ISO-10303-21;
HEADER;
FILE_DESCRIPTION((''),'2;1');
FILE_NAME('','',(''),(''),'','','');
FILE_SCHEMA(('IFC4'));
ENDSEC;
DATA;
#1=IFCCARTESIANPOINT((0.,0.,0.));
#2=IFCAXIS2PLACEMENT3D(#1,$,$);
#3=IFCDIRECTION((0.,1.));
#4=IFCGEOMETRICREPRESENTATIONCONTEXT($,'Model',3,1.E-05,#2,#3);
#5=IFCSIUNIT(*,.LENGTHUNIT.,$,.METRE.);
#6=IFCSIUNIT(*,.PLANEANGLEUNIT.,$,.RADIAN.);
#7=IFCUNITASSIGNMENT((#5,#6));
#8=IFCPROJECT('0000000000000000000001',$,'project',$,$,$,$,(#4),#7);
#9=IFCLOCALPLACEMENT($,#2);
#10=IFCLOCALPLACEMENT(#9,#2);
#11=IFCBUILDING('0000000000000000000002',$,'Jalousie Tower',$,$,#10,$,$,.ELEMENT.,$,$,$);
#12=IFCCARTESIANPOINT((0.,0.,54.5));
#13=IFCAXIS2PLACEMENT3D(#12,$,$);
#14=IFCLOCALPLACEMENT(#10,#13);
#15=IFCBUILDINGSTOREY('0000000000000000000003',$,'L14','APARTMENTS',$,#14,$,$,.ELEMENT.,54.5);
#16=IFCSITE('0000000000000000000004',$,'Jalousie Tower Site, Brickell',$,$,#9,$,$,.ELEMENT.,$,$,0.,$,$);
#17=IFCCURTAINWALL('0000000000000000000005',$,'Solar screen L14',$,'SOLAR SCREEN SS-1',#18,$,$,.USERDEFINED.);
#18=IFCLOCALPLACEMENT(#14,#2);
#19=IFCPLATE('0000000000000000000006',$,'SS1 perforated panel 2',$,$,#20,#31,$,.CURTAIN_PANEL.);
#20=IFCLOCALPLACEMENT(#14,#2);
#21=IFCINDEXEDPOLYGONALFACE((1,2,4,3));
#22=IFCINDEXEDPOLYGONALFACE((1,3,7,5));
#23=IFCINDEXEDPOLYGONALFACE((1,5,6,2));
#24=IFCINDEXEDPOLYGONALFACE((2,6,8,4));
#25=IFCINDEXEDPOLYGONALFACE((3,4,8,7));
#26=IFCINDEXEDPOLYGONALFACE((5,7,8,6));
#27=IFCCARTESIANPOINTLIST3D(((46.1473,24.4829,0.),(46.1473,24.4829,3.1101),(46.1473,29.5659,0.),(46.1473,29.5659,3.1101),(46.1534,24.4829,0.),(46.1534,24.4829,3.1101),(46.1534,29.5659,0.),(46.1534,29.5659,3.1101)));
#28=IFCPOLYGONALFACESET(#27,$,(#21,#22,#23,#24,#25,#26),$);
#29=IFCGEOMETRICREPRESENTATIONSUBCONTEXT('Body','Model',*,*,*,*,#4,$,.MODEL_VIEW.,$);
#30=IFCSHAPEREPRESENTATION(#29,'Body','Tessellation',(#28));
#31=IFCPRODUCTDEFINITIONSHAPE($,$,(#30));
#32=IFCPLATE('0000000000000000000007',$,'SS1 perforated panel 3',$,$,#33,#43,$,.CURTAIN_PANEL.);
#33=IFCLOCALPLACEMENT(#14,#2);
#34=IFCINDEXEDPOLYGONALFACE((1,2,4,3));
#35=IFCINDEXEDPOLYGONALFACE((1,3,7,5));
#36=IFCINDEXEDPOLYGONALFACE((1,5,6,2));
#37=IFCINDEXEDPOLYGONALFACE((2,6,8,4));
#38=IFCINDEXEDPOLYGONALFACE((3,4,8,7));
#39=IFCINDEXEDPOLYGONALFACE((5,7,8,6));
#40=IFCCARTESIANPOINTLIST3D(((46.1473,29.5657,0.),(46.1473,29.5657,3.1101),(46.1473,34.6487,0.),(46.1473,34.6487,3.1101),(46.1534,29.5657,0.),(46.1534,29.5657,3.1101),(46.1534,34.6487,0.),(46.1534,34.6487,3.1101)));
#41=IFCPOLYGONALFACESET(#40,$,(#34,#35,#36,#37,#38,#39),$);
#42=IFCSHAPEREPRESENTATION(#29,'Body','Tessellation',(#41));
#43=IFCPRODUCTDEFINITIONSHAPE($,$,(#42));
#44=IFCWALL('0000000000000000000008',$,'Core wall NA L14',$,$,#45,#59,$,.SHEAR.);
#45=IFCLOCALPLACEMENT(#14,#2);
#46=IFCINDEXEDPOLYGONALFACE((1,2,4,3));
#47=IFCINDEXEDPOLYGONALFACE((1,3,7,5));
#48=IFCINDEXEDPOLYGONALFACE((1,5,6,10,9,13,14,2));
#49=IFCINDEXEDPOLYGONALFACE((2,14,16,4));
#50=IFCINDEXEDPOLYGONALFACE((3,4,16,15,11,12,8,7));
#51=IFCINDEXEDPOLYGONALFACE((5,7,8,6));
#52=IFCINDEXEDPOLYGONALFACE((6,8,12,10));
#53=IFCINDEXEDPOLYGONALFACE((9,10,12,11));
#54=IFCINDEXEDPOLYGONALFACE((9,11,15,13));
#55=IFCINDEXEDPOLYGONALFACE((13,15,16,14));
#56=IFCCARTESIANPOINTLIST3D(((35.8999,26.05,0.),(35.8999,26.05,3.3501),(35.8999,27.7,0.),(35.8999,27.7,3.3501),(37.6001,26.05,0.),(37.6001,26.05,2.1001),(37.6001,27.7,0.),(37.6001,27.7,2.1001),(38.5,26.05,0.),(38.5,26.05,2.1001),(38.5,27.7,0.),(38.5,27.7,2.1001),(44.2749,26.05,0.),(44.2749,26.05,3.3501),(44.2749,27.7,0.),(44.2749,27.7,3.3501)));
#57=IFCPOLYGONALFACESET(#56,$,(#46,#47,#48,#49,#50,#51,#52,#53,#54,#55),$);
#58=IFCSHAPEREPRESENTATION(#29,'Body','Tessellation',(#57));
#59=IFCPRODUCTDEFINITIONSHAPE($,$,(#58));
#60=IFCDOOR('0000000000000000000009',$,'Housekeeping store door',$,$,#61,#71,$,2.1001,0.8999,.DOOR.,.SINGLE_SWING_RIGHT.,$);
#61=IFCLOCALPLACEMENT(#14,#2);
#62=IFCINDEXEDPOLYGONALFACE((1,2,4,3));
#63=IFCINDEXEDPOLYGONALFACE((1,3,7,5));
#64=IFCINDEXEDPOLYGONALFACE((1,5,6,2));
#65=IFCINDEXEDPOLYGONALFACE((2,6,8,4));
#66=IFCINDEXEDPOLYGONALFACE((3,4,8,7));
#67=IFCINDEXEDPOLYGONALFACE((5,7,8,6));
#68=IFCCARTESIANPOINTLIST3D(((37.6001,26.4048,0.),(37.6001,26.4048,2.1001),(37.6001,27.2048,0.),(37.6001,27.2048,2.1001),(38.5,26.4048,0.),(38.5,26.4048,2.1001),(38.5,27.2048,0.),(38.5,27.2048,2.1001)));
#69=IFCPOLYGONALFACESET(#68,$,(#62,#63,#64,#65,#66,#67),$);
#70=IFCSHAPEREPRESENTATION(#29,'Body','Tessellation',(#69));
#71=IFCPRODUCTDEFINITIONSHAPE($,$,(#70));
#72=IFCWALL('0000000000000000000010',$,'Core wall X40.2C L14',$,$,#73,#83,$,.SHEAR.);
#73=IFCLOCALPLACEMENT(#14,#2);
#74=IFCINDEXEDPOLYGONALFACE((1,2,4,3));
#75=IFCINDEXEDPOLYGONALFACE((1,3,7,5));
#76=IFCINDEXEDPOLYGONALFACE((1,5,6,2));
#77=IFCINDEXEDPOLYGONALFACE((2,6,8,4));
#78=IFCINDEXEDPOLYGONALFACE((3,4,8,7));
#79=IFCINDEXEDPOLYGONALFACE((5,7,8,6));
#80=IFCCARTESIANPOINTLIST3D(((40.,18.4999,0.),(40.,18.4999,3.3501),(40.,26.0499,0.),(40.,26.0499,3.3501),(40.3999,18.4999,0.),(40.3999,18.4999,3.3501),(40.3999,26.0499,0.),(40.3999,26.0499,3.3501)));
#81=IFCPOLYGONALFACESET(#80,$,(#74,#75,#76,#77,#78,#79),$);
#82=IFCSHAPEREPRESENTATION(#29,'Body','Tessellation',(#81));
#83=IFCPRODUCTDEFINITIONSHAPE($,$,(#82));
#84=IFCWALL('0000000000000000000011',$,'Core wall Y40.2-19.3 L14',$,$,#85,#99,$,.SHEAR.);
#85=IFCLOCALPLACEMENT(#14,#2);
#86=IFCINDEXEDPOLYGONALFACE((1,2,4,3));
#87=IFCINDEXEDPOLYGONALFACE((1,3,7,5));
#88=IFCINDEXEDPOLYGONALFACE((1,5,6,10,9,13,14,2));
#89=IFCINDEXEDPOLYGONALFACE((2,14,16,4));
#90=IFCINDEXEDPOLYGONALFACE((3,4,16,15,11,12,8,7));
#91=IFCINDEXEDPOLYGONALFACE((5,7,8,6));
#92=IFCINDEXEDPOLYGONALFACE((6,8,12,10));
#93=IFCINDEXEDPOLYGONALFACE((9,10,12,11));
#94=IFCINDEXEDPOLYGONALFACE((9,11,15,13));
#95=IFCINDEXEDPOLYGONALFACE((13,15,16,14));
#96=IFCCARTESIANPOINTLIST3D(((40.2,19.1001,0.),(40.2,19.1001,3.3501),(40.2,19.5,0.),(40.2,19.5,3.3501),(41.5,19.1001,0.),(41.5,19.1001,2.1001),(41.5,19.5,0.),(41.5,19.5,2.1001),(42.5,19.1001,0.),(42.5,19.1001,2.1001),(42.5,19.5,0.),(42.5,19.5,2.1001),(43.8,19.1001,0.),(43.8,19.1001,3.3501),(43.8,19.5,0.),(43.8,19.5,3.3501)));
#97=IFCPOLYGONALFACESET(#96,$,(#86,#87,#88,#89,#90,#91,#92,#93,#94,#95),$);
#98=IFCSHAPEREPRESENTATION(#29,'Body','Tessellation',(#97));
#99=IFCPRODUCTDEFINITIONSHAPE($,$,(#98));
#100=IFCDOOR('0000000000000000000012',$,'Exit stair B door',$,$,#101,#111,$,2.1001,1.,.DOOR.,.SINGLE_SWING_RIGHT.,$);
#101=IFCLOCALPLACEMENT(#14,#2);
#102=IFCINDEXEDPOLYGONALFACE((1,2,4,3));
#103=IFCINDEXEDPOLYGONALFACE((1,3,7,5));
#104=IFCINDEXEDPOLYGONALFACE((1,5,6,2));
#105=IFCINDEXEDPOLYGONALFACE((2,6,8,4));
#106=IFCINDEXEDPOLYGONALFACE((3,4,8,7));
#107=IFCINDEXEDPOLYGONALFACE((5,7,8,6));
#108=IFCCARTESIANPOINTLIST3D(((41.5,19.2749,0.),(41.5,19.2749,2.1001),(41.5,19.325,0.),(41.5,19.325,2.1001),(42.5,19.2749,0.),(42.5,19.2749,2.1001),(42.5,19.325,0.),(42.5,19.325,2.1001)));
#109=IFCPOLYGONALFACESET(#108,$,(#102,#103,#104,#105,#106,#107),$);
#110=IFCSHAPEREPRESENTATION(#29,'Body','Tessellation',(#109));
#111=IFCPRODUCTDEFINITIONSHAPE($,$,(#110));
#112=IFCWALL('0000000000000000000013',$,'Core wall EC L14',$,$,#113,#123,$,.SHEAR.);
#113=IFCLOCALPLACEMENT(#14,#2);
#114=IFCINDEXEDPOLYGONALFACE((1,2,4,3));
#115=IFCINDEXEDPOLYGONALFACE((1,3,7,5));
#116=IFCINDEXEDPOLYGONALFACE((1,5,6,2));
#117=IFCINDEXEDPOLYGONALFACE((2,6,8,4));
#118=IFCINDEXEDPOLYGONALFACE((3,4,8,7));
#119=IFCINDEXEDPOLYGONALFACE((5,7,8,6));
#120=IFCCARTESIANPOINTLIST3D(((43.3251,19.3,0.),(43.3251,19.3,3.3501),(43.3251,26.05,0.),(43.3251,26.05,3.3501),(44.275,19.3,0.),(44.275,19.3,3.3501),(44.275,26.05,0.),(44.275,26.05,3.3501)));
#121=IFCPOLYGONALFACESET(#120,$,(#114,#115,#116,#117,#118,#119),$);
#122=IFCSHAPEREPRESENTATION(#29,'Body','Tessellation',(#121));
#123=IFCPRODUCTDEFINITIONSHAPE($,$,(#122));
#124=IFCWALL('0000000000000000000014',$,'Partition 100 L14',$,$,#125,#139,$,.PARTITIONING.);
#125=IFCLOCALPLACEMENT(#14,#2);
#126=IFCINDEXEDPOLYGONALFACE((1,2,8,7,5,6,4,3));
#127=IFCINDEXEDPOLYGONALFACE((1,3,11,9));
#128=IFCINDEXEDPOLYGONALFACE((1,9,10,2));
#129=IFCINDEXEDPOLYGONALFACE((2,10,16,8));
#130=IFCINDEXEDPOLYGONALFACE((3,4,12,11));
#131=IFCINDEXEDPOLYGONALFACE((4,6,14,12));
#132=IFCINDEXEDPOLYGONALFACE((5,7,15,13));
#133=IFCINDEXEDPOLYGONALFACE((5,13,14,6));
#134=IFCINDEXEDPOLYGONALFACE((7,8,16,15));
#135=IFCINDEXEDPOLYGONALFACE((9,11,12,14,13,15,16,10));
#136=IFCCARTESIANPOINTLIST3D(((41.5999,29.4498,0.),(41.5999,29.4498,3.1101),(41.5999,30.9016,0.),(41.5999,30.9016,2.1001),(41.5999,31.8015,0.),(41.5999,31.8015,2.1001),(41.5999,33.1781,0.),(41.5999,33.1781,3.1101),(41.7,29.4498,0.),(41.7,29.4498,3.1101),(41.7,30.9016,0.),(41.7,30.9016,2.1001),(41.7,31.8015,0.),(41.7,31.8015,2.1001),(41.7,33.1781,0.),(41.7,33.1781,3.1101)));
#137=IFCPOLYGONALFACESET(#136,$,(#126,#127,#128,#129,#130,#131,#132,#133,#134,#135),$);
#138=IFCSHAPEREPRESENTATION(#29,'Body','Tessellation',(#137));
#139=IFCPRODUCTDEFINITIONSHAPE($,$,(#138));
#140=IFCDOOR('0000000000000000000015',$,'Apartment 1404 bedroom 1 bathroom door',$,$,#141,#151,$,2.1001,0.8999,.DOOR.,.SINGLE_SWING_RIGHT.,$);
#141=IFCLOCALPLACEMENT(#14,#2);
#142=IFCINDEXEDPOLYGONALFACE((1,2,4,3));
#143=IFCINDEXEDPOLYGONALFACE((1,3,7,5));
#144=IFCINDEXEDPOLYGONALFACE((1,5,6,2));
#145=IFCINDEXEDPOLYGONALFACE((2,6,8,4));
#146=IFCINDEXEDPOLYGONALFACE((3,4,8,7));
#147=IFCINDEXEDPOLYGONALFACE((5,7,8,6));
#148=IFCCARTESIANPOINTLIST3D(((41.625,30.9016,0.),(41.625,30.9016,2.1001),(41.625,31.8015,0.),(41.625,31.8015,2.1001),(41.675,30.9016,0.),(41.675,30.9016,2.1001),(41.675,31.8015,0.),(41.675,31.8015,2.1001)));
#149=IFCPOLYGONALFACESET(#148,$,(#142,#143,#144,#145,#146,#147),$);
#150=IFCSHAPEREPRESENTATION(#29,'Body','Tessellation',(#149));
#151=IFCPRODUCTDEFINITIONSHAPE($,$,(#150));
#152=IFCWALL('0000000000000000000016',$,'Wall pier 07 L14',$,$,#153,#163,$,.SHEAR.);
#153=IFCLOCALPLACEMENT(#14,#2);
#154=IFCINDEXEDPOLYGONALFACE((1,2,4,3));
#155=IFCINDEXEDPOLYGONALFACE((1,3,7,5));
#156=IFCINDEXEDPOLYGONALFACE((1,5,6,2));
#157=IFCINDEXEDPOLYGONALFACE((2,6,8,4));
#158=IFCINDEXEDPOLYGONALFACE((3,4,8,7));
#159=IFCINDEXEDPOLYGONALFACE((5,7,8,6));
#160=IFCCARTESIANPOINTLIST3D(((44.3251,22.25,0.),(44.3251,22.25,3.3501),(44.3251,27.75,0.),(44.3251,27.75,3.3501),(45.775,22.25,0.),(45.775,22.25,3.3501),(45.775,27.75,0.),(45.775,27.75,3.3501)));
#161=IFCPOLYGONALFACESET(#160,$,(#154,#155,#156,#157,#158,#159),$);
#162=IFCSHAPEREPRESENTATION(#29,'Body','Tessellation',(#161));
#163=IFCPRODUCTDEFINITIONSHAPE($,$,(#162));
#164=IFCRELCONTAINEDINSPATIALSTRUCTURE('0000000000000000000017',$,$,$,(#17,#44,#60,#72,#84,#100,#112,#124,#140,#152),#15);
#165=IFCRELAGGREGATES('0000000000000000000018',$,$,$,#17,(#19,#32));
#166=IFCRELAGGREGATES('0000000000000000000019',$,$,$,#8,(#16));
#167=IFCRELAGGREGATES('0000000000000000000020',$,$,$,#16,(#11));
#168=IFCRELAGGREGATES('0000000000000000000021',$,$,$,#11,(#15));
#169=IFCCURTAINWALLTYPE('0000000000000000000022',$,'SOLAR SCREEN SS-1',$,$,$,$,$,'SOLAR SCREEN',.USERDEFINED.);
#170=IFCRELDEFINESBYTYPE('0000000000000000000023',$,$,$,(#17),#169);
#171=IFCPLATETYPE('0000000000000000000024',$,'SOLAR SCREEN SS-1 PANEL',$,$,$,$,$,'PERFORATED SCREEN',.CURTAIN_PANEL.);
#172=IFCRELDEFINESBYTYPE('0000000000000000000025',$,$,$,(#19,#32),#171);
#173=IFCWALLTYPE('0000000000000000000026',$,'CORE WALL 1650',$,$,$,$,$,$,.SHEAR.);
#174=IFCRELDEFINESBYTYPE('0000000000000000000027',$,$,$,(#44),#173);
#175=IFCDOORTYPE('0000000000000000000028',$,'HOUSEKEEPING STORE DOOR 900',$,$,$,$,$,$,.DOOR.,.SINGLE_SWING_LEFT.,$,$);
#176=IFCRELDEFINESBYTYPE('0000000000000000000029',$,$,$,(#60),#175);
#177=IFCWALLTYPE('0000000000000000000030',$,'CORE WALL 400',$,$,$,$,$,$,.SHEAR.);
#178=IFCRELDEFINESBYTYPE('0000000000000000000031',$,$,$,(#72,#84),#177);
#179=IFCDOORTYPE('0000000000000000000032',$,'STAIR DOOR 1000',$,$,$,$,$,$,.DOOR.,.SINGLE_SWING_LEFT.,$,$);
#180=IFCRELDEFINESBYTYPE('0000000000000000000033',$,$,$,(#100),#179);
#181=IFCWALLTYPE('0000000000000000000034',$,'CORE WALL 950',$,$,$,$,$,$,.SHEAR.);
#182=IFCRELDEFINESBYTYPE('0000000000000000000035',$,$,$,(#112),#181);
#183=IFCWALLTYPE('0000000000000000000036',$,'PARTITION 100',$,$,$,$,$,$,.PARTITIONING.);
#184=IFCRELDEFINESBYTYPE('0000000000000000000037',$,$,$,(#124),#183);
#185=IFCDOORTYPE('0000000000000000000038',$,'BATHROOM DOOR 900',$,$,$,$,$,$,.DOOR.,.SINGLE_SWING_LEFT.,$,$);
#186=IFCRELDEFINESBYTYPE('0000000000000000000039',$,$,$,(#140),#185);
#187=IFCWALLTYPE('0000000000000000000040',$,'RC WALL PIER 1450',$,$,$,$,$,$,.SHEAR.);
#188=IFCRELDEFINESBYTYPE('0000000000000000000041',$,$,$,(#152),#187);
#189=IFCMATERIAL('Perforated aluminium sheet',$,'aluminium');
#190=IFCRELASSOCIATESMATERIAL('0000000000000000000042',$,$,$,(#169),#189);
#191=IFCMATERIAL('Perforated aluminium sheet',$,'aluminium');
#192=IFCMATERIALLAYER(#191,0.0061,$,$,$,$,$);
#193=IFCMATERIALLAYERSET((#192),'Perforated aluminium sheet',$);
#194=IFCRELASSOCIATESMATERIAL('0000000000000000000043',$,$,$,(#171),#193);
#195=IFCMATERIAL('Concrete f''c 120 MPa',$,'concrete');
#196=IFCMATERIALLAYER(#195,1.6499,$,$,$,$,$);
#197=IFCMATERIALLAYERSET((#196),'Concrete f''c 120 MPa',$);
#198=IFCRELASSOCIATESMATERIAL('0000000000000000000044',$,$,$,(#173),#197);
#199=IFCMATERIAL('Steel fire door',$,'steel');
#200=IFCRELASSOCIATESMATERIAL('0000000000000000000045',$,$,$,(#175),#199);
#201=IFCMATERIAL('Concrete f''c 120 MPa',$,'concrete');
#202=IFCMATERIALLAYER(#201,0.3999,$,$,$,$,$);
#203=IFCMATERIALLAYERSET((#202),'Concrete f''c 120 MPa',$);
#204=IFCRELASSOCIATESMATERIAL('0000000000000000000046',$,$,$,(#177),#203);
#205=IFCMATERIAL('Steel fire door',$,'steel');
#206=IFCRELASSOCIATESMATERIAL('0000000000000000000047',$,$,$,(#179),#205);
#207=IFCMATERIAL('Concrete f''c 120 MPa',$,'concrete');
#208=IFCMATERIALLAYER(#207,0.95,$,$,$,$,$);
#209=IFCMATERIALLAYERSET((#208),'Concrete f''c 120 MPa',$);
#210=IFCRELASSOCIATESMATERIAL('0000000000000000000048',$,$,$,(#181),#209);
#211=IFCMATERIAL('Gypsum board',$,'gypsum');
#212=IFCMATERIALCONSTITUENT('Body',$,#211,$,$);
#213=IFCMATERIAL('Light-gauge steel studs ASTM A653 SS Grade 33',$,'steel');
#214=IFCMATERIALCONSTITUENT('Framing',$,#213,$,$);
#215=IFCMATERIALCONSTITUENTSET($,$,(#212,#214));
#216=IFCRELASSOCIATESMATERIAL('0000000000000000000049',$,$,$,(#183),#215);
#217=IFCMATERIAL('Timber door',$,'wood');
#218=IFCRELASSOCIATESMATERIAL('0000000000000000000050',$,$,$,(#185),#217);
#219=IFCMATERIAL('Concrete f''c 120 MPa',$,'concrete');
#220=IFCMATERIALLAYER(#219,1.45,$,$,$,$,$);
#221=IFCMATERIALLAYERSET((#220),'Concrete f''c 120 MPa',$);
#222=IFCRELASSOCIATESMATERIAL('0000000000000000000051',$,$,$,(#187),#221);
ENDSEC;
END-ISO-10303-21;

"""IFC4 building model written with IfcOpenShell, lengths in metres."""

from ifc_helpers import new_model, si_unit, direction, frame, frame_2d, origin, origin_2d, place, context, subcontext, project, spatial, rectangle, extrude, material, layer, layer_set, constituent, constituent_set, type_object, element, fill, aggregate, save


model = new_model("IFC4")

# Units and contexts
model_context = context("Model", 3, precision=1e-05, world=origin(), true_north=direction((0.0, 1.0)))
body_context = subcontext(model_context, "Body", "Model", "MODEL_VIEW")
ifc_project = project(units=[si_unit("LENGTHUNIT", "METRE"), si_unit("PLANEANGLEUNIT", "RADIAN")], contexts=[model_context])

# Site, building, storey
site_placement = place(None, origin())
site = spatial("IfcSite", under=ifc_project, at=site_placement, Name="Jalousie Tower Site, Brickell", CompositionType="ELEMENT", RefElevation=0.0)
building_placement = place(site_placement, origin())
building = spatial("IfcBuilding", under=site, at=building_placement, Name="Jalousie Tower", CompositionType="ELEMENT")
storey_placement = place(building_placement, frame((0.0, 0.0, 54.5)))
storey = spatial("IfcBuildingStorey", under=building, at=storey_placement, Name="L14", Description="APARTMENTS", CompositionType="ELEMENT", Elevation=54.5)

# Shared definitions
ifc_material_1 = material(Name="Perforated aluminium sheet", Category="aluminium")
curtain_wall_type = type_object("IfcCurtainWallType", Name="SOLAR SCREEN SS-1", ElementType="SOLAR SCREEN", PredefinedType="USERDEFINED", material=ifc_material_1)

# Curtain wall, plates
curtain_wall_1_placement = place(storey_placement, origin())
curtain_wall_1 = element("IfcCurtainWall", 1, at=curtain_wall_1_placement, inside=storey, type_object=curtain_wall_type, Name="Solar screen L14", ObjectType="SOLAR SCREEN SS-1", PredefinedType="USERDEFINED")
ifc_material_2 = material(Name="Perforated aluminium sheet", Category="aluminium")
ifc_layer_1 = layer(ifc_material_2, 0.0061)
ifc_layer_set_1 = layer_set([ifc_layer_1], Name="Perforated aluminium sheet")
plate_type = type_object("IfcPlateType", Name="SOLAR SCREEN SS-1 PANEL", ElementType="PERFORATED SCREEN", PredefinedType="CURTAIN_PANEL", material=ifc_layer_set_1)
plate_1_placement = place(storey_placement, frame((46.1504, 27.0244, 0.0), z_axis=(0.0, 0.0, 1.0), x_axis=(0.0, 1.0, 0.0)))
plate_1 = element("IfcPlate", 2, at=plate_1_placement, type_object=plate_type, Name="SS1 perforated panel 2", PredefinedType="CURTAIN_PANEL", context=body_context, shape_type="SweptSolid", body=[
    extrude(rectangle(XDim=5.083, YDim=0.0061, at=origin_2d()), origin(), (0.0, 0.0, 1.0), 3.1101),
])
plate_2_placement = place(storey_placement, frame((46.1504, 32.1072, 0.0), z_axis=(0.0, 0.0, 1.0), x_axis=(0.0, 1.0, 0.0)))
plate_2 = element("IfcPlate", 3, at=plate_2_placement, type_object=plate_type, Name="SS1 perforated panel 3", PredefinedType="CURTAIN_PANEL", context=body_context, shape_type="SweptSolid", body=[
    extrude(rectangle(XDim=5.083, YDim=0.0061, at=origin_2d()), origin(), (0.0, 0.0, 1.0), 3.1101),
])
aggregate(curtain_wall_1, [plate_1, plate_2])

# Wall, opening, door
ifc_material_3 = material(Name="Concrete f'c 120 MPa", Category="concrete")
ifc_layer_2 = layer(ifc_material_3, 1.6499)
ifc_layer_set_2 = layer_set([ifc_layer_2], Name="Concrete f'c 120 MPa")
wall_type_1 = type_object("IfcWallType", Name="CORE WALL 1650", PredefinedType="SHEAR", material=ifc_layer_set_2)
wall_1_placement = place(storey_placement, frame((44.2749, 26.875, 0.0), z_axis=(0.0, 0.0, 1.0), x_axis=(-1.0, 0.0, 0.0)))
wall_1 = element("IfcWall", 4, at=wall_1_placement, inside=storey, type_object=wall_type_1, Name="Core wall NA L14", PredefinedType="SHEAR", context=body_context, shape_type="SweptSolid", body=[
    extrude(rectangle(XDim=8.375, YDim=1.6499, at=frame_2d((4.1875, 0.0))), origin(), (0.0, 0.0, 1.0), 3.3501),
])
opening_1_placement = place(wall_1_placement, frame((5.7749, 0.0, 0.0)))
opening_1 = element("IfcOpeningElement", 5, at=opening_1_placement, cuts=wall_1, PredefinedType="OPENING", context=body_context, shape_type="SweptSolid", body=[
    extrude(rectangle(XDim=0.8999, YDim=2.1001, at=frame_2d((0.45, 1.05))), frame((0.0, 0.835, 0.0), z_axis=(0.0, -1.0, 0.0), x_axis=(1.0, 0.0, 0.0)), (0.0, 0.0, 1.0), 1.6699),
])
ifc_material_4 = material(Name="Steel fire door", Category="steel")
door_type_1 = type_object("IfcDoorType", Name="HOUSEKEEPING STORE DOOR 900", OperationType="SINGLE_SWING_LEFT", PredefinedType="DOOR", material=ifc_material_4)
door_1_placement = place(opening_1_placement, origin())
door_1 = element("IfcDoor", 6, at=door_1_placement, inside=storey, type_object=door_type_1, Name="Housekeeping store door", OperationType="SINGLE_SWING_RIGHT", OverallHeight=2.1001, OverallWidth=0.8999, PredefinedType="DOOR", context=body_context, shape_type="SweptSolid", body=[
    extrude(rectangle(XDim=0.8999, YDim=2.1001, at=frame_2d((0.45, 1.05))), frame((0.0, 0.4702, 0.0), z_axis=(0.0, -1.0, 0.0), x_axis=(1.0, 0.0, 0.0)), (0.0, 0.0, 1.0), 0.8),
])
fill(opening_1, door_1)

# Wall
ifc_material_5 = material(Name="Concrete f'c 120 MPa", Category="concrete")
ifc_layer_3 = layer(ifc_material_5, 0.3999)
ifc_layer_set_3 = layer_set([ifc_layer_3], Name="Concrete f'c 120 MPa")
wall_type_2 = type_object("IfcWallType", Name="CORE WALL 400", PredefinedType="SHEAR", material=ifc_layer_set_3)
wall_2_placement = place(storey_placement, frame((40.2, 18.5, 0.0), z_axis=(0.0, 0.0, 1.0), x_axis=(0.0, 1.0, 0.0)))
element("IfcWall", 7, at=wall_2_placement, inside=storey, type_object=wall_type_2, Name="Core wall X40.2C L14", PredefinedType="SHEAR", context=body_context, shape_type="SweptSolid", body=[
    extrude(rectangle(XDim=7.55, YDim=0.3999, at=frame_2d((3.7749, 0.0))), origin(), (0.0, 0.0, 1.0), 3.3501),
])

# Wall, opening, door
wall_3_placement = place(storey_placement, frame((40.2, 19.3, 0.0), z_axis=(0.0, 0.0, 1.0), x_axis=(1.0, 0.0, 0.0)))
wall_3 = element("IfcWall", 8, at=wall_3_placement, inside=storey, type_object=wall_type_2, Name="Core wall Y40.2-19.3 L14", PredefinedType="SHEAR", context=body_context, shape_type="SweptSolid", body=[
    extrude(rectangle(XDim=3.6001, YDim=0.3999, at=frame_2d((1.8, 0.0))), origin(), (0.0, 0.0, 1.0), 3.3501),
])
opening_2_placement = place(wall_3_placement, frame((1.3, 0.0, 0.0)))
opening_2 = element("IfcOpeningElement", 9, at=opening_2_placement, cuts=wall_3, PredefinedType="OPENING", context=body_context, shape_type="SweptSolid", body=[
    extrude(rectangle(XDim=1.0, YDim=2.1001, at=frame_2d((0.5, 1.05))), frame((0.0, 0.21, 0.0), z_axis=(0.0, -1.0, 0.0), x_axis=(1.0, 0.0, 0.0)), (0.0, 0.0, 1.0), 0.4199),
])
ifc_material_6 = material(Name="Steel fire door", Category="steel")
door_type_2 = type_object("IfcDoorType", Name="STAIR DOOR 1000", OperationType="SINGLE_SWING_LEFT", PredefinedType="DOOR", material=ifc_material_6)
door_2_placement = place(opening_2_placement, origin())
door_2 = element("IfcDoor", 10, at=door_2_placement, inside=storey, type_object=door_type_2, Name="Exit stair B door", OperationType="SINGLE_SWING_RIGHT", OverallHeight=2.1001, OverallWidth=1.0, PredefinedType="DOOR", context=body_context, shape_type="SweptSolid", body=[
    extrude(rectangle(XDim=1.0, YDim=2.1001, at=frame_2d((0.5, 1.05))), frame((0.0, 0.0249, 0.0), z_axis=(0.0, -1.0, 0.0), x_axis=(1.0, 0.0, 0.0)), (0.0, 0.0, 1.0), 0.05),
])
fill(opening_2, door_2)

# Wall
ifc_material_7 = material(Name="Concrete f'c 120 MPa", Category="concrete")
ifc_layer_4 = layer(ifc_material_7, 0.95)
ifc_layer_set_4 = layer_set([ifc_layer_4], Name="Concrete f'c 120 MPa")
wall_type_3 = type_object("IfcWallType", Name="CORE WALL 950", PredefinedType="SHEAR", material=ifc_layer_set_4)
wall_4_placement = place(storey_placement, frame((43.8, 19.3, 0.0), z_axis=(0.0, 0.0, 1.0), x_axis=(0.0, 1.0, 0.0)))
element("IfcWall", 11, at=wall_4_placement, inside=storey, type_object=wall_type_3, Name="Core wall EC L14", PredefinedType="SHEAR", context=body_context, shape_type="SweptSolid", body=[
    extrude(rectangle(XDim=6.75, YDim=0.95, at=frame_2d((3.375, 0.0))), origin(), (0.0, 0.0, 1.0), 3.3501),
])

# Wall, opening, door
ifc_material_8 = material(Name="Gypsum board", Category="gypsum")
ifc_constituent_1 = constituent(ifc_material_8, Name="Body")
ifc_material_9 = material(Name="Light-gauge steel studs ASTM A653 SS Grade 33", Category="steel")
ifc_constituent_2 = constituent(ifc_material_9, Name="Framing")
ifc_constituent_set_1 = constituent_set(constituents=[ifc_constituent_1, ifc_constituent_2])
wall_type_4 = type_object("IfcWallType", Name="PARTITION 100", PredefinedType="PARTITIONING", material=ifc_constituent_set_1)
wall_5_placement = place(storey_placement, frame((41.6499, 33.1782, 0.0), z_axis=(0.0, 0.0, 1.0), x_axis=(0.0, -1.0, 0.0)))
wall_5 = element("IfcWall", 12, at=wall_5_placement, inside=storey, type_object=wall_type_4, Name="Partition 100 L14", PredefinedType="PARTITIONING", context=body_context, shape_type="SweptSolid", body=[
    extrude(rectangle(XDim=3.7283, YDim=0.1001, at=frame_2d((1.8643, 0.0))), origin(), (0.0, 0.0, 1.0), 3.1101),
])
opening_3_placement = place(wall_5_placement, frame((1.3767, 0.0, 0.0)))
opening_3 = element("IfcOpeningElement", 13, at=opening_3_placement, cuts=wall_5, PredefinedType="OPENING", context=body_context, shape_type="SweptSolid", body=[
    extrude(rectangle(XDim=0.8999, YDim=2.1001, at=frame_2d((0.45, 1.05))), frame((0.0, 0.0601, 0.0), z_axis=(0.0, -1.0, 0.0), x_axis=(1.0, 0.0, 0.0)), (0.0, 0.0, 1.0), 0.1201),
])
ifc_material_10 = material(Name="Timber door", Category="wood")
door_type_3 = type_object("IfcDoorType", Name="BATHROOM DOOR 900", OperationType="SINGLE_SWING_LEFT", PredefinedType="DOOR", material=ifc_material_10)
door_3_placement = place(opening_3_placement, frame((0.8999, 0.0, 0.0), z_axis=(0.0, 0.0, 1.0), x_axis=(-1.0, 0.0, 0.0)))
door_3 = element("IfcDoor", 14, at=door_3_placement, inside=storey, type_object=door_type_3, Name="Apartment 1404 bedroom 1 bathroom door", OperationType="SINGLE_SWING_RIGHT", OverallHeight=2.1001, OverallWidth=0.8999, PredefinedType="DOOR", context=body_context, shape_type="SweptSolid", body=[
    extrude(rectangle(XDim=0.8999, YDim=2.1001, at=frame_2d((0.45, 1.05))), frame((0.0, 0.0249, 0.0), z_axis=(0.0, -1.0, 0.0), x_axis=(1.0, 0.0, 0.0)), (0.0, 0.0, 1.0), 0.05),
])
fill(opening_3, door_3)

# Wall
ifc_material_11 = material(Name="Concrete f'c 120 MPa", Category="concrete")
ifc_layer_5 = layer(ifc_material_11, 1.45)
ifc_layer_set_5 = layer_set([ifc_layer_5], Name="Concrete f'c 120 MPa")
wall_type_5 = type_object("IfcWallType", Name="RC WALL PIER 1450", PredefinedType="SHEAR", material=ifc_layer_set_5)
wall_6_placement = place(storey_placement, frame((45.05, 22.25, 0.0), z_axis=(0.0, 0.0, 1.0), x_axis=(0.0, 1.0, 0.0)))
element("IfcWall", 15, at=wall_6_placement, inside=storey, type_object=wall_type_5, Name="Wall pier 07 L14", PredefinedType="SHEAR", context=body_context, shape_type="SweptSolid", body=[
    extrude(rectangle(XDim=5.5, YDim=1.45, at=frame_2d((2.75, 0.0))), origin(), (0.0, 0.0, 1.0), 3.3501),
])

save(model, "model.ifc")
